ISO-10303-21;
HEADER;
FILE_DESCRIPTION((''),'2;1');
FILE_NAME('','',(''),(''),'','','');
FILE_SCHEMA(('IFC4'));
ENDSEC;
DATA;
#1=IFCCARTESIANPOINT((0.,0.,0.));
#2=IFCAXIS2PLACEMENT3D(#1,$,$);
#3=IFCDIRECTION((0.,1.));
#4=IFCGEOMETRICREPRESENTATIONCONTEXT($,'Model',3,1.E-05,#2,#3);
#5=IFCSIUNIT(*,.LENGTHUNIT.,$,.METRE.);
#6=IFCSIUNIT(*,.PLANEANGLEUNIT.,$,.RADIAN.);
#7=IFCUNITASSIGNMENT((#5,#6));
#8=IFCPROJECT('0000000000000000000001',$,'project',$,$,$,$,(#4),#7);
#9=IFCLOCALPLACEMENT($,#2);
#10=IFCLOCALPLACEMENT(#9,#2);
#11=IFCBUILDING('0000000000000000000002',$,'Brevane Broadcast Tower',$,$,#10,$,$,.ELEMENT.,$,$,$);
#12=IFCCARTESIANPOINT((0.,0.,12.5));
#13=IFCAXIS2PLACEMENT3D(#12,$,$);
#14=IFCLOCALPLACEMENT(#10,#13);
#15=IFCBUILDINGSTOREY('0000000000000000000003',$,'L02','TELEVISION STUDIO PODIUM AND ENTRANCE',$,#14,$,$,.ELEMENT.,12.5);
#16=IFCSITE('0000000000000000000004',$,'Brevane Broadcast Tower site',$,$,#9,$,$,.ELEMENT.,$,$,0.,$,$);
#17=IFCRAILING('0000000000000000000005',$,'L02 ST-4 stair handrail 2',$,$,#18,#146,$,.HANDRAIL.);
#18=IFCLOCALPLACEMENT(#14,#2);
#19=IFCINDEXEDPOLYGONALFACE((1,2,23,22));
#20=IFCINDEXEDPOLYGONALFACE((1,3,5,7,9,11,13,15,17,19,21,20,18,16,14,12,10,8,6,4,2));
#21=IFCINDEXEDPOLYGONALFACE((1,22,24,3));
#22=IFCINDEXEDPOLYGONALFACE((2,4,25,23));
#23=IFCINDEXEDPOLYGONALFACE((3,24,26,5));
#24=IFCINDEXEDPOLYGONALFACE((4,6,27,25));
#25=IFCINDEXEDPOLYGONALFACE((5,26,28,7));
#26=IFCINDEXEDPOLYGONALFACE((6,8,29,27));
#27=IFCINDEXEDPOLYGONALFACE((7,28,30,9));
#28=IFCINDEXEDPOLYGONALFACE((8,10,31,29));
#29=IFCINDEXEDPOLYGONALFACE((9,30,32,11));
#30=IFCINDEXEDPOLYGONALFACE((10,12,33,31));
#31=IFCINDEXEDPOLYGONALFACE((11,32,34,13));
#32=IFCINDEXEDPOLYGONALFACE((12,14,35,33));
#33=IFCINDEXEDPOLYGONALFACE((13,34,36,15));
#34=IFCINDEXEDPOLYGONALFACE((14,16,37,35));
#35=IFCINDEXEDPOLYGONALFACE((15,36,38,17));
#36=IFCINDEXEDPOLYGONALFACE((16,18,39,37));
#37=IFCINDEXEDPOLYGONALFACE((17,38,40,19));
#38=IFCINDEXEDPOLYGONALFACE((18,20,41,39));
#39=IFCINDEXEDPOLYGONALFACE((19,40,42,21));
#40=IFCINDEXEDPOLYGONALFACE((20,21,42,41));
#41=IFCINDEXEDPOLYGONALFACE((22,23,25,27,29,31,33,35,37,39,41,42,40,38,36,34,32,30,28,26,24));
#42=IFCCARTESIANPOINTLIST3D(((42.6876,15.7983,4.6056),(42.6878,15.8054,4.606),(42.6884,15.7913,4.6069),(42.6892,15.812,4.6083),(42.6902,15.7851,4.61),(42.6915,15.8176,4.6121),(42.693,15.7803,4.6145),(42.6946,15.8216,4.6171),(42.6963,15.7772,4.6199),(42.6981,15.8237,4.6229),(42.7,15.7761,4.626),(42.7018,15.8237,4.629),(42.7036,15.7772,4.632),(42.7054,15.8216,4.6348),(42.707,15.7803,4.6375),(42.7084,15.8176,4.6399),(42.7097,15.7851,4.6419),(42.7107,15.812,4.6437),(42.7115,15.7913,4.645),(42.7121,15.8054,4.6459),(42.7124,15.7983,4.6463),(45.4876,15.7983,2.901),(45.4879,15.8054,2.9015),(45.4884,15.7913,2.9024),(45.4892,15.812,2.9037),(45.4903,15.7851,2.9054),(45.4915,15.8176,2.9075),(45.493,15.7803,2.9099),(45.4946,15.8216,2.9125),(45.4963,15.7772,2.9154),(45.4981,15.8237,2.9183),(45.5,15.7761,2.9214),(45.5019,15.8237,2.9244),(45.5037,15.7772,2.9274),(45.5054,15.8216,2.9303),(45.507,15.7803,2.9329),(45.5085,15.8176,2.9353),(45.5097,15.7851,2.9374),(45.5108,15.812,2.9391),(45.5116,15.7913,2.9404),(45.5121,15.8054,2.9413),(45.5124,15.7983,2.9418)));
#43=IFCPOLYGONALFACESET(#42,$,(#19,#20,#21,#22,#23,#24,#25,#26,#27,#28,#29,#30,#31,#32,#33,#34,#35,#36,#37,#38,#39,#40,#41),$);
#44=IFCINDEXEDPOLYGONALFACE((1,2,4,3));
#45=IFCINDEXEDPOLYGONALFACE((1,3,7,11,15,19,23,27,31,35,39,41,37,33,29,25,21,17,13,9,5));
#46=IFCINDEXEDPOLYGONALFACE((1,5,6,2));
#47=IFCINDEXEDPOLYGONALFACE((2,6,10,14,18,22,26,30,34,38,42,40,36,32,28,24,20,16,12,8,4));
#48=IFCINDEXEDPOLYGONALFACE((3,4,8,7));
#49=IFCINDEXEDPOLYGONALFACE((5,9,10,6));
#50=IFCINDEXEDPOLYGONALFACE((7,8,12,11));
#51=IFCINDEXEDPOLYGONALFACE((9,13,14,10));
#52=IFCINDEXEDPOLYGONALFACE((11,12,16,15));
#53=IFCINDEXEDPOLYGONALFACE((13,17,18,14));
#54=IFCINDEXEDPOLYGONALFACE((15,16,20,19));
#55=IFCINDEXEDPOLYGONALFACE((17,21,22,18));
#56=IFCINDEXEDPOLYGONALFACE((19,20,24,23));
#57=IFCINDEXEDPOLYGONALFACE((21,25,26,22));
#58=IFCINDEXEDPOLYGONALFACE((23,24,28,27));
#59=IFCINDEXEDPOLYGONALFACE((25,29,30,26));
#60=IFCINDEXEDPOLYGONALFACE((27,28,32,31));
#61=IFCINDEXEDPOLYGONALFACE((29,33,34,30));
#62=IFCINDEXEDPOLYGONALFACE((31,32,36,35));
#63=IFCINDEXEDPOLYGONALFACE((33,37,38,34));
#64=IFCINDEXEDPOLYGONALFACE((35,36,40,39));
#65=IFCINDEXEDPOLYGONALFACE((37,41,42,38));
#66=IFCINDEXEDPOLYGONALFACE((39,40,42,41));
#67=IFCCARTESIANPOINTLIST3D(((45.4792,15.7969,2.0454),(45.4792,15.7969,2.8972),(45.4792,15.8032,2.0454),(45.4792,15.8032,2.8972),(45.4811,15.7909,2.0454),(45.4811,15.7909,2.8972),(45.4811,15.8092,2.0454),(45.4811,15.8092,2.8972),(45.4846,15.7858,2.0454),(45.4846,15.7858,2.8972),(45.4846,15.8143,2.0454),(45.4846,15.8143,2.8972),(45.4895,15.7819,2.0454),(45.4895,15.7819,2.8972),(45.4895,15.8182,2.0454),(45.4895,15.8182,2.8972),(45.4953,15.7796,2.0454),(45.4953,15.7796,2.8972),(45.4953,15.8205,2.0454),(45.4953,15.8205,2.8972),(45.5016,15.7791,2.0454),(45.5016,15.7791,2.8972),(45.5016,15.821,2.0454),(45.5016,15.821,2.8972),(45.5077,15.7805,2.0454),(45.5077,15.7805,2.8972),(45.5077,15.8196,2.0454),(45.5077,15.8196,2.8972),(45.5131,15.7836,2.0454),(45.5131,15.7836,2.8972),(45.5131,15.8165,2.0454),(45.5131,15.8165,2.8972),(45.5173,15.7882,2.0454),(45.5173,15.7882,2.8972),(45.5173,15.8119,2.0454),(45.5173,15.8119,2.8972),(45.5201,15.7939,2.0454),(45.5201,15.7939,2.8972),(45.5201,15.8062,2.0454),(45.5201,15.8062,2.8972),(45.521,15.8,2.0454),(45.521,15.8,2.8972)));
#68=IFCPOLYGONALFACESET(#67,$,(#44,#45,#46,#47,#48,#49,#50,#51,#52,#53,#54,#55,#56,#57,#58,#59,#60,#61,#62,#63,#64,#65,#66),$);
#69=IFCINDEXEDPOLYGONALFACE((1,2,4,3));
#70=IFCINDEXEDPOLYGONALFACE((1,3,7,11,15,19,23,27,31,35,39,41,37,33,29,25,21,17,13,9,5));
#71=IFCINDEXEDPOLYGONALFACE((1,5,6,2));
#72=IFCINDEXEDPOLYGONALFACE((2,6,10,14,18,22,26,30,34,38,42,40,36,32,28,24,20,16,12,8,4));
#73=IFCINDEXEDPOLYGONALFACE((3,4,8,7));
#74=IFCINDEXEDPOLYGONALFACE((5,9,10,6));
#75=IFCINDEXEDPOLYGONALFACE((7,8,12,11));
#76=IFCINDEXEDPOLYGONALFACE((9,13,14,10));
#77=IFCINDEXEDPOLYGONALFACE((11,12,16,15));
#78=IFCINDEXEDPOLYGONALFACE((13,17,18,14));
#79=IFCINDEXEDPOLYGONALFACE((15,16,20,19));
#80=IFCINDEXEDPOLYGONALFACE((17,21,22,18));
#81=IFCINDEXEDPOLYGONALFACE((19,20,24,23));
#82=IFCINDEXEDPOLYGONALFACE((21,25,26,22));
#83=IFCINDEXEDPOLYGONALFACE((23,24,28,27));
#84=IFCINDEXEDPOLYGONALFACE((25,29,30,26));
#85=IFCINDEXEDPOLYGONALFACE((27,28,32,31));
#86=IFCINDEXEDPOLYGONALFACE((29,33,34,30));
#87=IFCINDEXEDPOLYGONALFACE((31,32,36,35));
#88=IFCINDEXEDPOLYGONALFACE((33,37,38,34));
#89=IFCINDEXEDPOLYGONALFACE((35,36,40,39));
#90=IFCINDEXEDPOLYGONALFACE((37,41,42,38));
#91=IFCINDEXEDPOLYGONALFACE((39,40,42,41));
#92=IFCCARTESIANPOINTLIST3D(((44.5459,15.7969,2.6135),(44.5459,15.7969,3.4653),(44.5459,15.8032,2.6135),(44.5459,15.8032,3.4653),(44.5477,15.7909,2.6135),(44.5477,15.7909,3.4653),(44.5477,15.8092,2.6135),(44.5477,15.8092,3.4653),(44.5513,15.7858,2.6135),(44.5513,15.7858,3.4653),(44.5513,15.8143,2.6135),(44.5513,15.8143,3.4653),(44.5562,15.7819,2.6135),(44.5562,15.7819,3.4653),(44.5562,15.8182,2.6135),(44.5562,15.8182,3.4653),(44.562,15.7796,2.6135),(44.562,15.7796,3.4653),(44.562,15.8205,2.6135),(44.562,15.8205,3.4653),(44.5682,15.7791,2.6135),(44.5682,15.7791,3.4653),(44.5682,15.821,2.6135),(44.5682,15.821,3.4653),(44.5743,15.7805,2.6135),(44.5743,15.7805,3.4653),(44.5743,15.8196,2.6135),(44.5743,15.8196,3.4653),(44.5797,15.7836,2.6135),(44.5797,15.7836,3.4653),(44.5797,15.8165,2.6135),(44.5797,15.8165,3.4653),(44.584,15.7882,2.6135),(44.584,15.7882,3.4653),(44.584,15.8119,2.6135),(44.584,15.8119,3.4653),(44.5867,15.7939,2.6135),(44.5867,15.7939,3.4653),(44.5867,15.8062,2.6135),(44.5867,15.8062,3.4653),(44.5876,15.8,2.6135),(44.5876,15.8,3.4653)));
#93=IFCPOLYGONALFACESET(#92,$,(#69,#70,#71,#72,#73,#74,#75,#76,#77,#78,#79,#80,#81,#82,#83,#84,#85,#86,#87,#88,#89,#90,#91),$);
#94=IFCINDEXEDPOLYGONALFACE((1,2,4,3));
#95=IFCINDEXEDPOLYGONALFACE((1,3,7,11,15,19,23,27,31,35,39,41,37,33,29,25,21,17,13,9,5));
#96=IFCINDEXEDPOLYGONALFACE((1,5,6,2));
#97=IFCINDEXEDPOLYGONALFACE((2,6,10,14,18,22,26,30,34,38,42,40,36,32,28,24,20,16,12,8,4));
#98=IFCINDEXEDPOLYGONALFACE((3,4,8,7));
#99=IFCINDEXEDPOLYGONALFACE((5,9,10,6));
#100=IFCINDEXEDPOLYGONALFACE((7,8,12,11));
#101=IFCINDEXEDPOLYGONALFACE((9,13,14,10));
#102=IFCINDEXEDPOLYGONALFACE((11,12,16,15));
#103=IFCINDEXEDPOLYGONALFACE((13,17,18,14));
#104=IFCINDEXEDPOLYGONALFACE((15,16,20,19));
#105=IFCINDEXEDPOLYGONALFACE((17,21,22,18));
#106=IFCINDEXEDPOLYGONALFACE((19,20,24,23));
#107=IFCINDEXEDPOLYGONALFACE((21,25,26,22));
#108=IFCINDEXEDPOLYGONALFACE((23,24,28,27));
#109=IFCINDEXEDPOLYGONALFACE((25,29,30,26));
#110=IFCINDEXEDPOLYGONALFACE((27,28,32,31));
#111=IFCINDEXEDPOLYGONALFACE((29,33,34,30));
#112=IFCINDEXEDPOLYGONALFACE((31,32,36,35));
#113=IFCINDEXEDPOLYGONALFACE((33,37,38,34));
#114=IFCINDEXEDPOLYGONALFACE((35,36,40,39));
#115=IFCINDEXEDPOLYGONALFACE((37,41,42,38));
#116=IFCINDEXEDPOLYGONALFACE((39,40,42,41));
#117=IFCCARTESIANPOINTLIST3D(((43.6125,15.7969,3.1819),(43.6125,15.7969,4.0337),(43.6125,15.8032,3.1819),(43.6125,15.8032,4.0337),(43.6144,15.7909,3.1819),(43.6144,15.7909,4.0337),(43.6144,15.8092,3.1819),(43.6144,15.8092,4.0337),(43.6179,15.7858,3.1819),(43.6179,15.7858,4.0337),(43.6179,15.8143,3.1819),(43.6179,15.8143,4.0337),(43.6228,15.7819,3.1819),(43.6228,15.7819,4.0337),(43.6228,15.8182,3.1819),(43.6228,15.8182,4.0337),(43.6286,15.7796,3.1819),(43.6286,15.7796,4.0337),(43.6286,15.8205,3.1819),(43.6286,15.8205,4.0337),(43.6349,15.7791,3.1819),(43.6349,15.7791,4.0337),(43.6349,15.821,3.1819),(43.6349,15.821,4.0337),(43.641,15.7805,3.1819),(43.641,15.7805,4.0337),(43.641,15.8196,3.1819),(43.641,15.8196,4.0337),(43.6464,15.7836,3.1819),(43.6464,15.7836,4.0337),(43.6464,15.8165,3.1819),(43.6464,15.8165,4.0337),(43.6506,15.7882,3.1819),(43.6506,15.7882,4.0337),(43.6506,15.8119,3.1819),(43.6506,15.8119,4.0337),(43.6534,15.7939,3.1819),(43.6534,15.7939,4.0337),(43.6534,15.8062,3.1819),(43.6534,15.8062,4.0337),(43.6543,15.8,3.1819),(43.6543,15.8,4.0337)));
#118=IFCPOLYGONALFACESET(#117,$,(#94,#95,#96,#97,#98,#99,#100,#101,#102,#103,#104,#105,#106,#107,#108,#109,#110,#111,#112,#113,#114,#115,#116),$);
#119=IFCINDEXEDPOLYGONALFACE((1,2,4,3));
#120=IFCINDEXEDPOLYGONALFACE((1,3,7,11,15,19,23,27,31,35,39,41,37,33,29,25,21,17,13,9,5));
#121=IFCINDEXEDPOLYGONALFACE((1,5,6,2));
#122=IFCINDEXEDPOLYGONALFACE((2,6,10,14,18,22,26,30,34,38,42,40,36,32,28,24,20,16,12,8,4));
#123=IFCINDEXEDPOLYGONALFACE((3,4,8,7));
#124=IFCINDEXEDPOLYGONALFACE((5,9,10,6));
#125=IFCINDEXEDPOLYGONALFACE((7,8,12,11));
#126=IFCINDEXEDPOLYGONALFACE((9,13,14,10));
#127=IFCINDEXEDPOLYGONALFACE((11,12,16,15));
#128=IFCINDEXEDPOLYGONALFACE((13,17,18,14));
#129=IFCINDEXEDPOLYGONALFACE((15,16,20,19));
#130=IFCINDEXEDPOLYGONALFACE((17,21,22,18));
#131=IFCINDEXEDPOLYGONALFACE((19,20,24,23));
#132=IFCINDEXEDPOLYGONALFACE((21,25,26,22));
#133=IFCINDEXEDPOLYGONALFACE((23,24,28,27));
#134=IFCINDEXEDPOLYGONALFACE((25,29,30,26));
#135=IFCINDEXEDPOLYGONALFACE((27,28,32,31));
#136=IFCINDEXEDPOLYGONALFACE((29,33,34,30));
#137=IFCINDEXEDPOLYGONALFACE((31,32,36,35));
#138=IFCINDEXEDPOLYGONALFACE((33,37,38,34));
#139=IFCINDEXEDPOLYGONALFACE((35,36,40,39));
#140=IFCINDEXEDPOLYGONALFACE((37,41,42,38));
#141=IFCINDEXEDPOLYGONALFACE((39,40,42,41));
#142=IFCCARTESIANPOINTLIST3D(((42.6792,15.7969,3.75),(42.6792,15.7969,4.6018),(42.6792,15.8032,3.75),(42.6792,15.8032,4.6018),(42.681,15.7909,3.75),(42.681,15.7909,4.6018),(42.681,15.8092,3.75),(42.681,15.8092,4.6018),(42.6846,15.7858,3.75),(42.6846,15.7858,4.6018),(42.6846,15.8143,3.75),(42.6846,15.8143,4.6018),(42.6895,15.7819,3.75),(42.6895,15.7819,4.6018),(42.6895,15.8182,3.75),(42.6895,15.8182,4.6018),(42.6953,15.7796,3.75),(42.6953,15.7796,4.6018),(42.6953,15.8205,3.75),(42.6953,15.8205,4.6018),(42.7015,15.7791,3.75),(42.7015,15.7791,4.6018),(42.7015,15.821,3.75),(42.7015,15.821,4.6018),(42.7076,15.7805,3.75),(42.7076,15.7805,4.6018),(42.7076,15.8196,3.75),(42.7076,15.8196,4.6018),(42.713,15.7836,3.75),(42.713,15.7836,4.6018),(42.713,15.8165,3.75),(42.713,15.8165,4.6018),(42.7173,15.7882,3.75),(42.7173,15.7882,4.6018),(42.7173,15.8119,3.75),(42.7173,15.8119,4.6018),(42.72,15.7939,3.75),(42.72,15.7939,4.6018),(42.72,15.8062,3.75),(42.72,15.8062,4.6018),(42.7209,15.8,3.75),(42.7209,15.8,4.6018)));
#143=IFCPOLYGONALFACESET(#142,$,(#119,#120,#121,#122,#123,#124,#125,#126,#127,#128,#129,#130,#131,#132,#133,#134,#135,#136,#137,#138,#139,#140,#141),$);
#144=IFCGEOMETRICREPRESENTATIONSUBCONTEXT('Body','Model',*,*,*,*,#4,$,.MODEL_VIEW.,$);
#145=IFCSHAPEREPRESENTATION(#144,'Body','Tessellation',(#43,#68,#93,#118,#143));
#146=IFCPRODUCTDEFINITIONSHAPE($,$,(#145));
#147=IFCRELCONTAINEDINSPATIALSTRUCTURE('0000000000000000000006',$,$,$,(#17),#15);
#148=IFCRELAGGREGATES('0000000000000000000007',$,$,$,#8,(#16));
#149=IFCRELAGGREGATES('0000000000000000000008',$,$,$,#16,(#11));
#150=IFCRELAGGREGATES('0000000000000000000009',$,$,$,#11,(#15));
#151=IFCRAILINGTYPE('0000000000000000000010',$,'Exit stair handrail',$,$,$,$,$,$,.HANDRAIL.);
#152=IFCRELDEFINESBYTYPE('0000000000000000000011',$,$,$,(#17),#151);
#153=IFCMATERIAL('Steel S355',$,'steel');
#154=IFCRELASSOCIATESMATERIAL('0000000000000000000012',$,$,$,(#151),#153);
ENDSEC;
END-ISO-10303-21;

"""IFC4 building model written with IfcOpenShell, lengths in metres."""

from ifc_helpers import new_model, si_unit, direction, frame, origin, origin_2d, place, context, subcontext, project, spatial, circle, extrude, material, type_object, element, save


model = new_model("IFC4")

# Units and contexts
model_context = context("Model", 3, precision=1e-05, world=origin(), true_north=direction((0.0, 1.0)))
body_context = subcontext(model_context, "Body", "Model", "MODEL_VIEW")
ifc_project = project(units=[si_unit("LENGTHUNIT", "METRE"), si_unit("PLANEANGLEUNIT", "RADIAN")], contexts=[model_context])

# Site, building, storey
site_placement = place(None, origin())
site = spatial("IfcSite", under=ifc_project, at=site_placement, Name="Brevane Broadcast Tower site", CompositionType="ELEMENT", RefElevation=0.0)
building_placement = place(site_placement, origin())
building = spatial("IfcBuilding", under=site, at=building_placement, Name="Brevane Broadcast Tower", CompositionType="ELEMENT")
storey_placement = place(building_placement, frame((0.0, 0.0, 12.5)))
storey = spatial("IfcBuildingStorey", under=building, at=storey_placement, Name="L02", Description="TELEVISION STUDIO PODIUM AND ENTRANCE", CompositionType="ELEMENT", Elevation=12.5)

# Railing
ifc_material_1 = material(Name="Steel S355", Category="steel")
railing_type_1 = type_object("IfcRailingType", Name="Exit stair handrail", PredefinedType="HANDRAIL", material=ifc_material_1)
railing_1_placement = place(storey_placement, frame((45.5, 15.8, 2.0454)))
element("IfcRailing", 1, at=railing_1_placement, inside=storey, type_object=railing_type_1, Name="L02 ST-4 stair handrail 2", PredefinedType="HANDRAIL", context=body_context, shape_type="SweptSolid", body=[
    extrude(circle(Radius=0.0239, at=origin_2d()), frame((0.0, 0.0, 0.876), z_axis=(-0.85417, 0.0, 0.519994), x_axis=(0.0, -1.0, 0.0)), (0.0, 0.0, 1.0), 3.2781),
    extrude(circle(Radius=0.021, at=origin_2d()), origin(), (0.0, 0.0, 1.0), 0.8518),
    extrude(circle(Radius=0.021, at=origin_2d()), frame((-0.9333, 0.0, 0.5681)), (0.0, 0.0, 1.0), 0.8518),
    extrude(circle(Radius=0.021, at=origin_2d()), frame((-1.8667, 0.0, 1.1365)), (0.0, 0.0, 1.0), 0.8518),
    extrude(circle(Radius=0.021, at=origin_2d()), frame((-2.8, 0.0, 1.7046)), (0.0, 0.0, 1.0), 0.8518),
])

save(model, "model.ifc")
